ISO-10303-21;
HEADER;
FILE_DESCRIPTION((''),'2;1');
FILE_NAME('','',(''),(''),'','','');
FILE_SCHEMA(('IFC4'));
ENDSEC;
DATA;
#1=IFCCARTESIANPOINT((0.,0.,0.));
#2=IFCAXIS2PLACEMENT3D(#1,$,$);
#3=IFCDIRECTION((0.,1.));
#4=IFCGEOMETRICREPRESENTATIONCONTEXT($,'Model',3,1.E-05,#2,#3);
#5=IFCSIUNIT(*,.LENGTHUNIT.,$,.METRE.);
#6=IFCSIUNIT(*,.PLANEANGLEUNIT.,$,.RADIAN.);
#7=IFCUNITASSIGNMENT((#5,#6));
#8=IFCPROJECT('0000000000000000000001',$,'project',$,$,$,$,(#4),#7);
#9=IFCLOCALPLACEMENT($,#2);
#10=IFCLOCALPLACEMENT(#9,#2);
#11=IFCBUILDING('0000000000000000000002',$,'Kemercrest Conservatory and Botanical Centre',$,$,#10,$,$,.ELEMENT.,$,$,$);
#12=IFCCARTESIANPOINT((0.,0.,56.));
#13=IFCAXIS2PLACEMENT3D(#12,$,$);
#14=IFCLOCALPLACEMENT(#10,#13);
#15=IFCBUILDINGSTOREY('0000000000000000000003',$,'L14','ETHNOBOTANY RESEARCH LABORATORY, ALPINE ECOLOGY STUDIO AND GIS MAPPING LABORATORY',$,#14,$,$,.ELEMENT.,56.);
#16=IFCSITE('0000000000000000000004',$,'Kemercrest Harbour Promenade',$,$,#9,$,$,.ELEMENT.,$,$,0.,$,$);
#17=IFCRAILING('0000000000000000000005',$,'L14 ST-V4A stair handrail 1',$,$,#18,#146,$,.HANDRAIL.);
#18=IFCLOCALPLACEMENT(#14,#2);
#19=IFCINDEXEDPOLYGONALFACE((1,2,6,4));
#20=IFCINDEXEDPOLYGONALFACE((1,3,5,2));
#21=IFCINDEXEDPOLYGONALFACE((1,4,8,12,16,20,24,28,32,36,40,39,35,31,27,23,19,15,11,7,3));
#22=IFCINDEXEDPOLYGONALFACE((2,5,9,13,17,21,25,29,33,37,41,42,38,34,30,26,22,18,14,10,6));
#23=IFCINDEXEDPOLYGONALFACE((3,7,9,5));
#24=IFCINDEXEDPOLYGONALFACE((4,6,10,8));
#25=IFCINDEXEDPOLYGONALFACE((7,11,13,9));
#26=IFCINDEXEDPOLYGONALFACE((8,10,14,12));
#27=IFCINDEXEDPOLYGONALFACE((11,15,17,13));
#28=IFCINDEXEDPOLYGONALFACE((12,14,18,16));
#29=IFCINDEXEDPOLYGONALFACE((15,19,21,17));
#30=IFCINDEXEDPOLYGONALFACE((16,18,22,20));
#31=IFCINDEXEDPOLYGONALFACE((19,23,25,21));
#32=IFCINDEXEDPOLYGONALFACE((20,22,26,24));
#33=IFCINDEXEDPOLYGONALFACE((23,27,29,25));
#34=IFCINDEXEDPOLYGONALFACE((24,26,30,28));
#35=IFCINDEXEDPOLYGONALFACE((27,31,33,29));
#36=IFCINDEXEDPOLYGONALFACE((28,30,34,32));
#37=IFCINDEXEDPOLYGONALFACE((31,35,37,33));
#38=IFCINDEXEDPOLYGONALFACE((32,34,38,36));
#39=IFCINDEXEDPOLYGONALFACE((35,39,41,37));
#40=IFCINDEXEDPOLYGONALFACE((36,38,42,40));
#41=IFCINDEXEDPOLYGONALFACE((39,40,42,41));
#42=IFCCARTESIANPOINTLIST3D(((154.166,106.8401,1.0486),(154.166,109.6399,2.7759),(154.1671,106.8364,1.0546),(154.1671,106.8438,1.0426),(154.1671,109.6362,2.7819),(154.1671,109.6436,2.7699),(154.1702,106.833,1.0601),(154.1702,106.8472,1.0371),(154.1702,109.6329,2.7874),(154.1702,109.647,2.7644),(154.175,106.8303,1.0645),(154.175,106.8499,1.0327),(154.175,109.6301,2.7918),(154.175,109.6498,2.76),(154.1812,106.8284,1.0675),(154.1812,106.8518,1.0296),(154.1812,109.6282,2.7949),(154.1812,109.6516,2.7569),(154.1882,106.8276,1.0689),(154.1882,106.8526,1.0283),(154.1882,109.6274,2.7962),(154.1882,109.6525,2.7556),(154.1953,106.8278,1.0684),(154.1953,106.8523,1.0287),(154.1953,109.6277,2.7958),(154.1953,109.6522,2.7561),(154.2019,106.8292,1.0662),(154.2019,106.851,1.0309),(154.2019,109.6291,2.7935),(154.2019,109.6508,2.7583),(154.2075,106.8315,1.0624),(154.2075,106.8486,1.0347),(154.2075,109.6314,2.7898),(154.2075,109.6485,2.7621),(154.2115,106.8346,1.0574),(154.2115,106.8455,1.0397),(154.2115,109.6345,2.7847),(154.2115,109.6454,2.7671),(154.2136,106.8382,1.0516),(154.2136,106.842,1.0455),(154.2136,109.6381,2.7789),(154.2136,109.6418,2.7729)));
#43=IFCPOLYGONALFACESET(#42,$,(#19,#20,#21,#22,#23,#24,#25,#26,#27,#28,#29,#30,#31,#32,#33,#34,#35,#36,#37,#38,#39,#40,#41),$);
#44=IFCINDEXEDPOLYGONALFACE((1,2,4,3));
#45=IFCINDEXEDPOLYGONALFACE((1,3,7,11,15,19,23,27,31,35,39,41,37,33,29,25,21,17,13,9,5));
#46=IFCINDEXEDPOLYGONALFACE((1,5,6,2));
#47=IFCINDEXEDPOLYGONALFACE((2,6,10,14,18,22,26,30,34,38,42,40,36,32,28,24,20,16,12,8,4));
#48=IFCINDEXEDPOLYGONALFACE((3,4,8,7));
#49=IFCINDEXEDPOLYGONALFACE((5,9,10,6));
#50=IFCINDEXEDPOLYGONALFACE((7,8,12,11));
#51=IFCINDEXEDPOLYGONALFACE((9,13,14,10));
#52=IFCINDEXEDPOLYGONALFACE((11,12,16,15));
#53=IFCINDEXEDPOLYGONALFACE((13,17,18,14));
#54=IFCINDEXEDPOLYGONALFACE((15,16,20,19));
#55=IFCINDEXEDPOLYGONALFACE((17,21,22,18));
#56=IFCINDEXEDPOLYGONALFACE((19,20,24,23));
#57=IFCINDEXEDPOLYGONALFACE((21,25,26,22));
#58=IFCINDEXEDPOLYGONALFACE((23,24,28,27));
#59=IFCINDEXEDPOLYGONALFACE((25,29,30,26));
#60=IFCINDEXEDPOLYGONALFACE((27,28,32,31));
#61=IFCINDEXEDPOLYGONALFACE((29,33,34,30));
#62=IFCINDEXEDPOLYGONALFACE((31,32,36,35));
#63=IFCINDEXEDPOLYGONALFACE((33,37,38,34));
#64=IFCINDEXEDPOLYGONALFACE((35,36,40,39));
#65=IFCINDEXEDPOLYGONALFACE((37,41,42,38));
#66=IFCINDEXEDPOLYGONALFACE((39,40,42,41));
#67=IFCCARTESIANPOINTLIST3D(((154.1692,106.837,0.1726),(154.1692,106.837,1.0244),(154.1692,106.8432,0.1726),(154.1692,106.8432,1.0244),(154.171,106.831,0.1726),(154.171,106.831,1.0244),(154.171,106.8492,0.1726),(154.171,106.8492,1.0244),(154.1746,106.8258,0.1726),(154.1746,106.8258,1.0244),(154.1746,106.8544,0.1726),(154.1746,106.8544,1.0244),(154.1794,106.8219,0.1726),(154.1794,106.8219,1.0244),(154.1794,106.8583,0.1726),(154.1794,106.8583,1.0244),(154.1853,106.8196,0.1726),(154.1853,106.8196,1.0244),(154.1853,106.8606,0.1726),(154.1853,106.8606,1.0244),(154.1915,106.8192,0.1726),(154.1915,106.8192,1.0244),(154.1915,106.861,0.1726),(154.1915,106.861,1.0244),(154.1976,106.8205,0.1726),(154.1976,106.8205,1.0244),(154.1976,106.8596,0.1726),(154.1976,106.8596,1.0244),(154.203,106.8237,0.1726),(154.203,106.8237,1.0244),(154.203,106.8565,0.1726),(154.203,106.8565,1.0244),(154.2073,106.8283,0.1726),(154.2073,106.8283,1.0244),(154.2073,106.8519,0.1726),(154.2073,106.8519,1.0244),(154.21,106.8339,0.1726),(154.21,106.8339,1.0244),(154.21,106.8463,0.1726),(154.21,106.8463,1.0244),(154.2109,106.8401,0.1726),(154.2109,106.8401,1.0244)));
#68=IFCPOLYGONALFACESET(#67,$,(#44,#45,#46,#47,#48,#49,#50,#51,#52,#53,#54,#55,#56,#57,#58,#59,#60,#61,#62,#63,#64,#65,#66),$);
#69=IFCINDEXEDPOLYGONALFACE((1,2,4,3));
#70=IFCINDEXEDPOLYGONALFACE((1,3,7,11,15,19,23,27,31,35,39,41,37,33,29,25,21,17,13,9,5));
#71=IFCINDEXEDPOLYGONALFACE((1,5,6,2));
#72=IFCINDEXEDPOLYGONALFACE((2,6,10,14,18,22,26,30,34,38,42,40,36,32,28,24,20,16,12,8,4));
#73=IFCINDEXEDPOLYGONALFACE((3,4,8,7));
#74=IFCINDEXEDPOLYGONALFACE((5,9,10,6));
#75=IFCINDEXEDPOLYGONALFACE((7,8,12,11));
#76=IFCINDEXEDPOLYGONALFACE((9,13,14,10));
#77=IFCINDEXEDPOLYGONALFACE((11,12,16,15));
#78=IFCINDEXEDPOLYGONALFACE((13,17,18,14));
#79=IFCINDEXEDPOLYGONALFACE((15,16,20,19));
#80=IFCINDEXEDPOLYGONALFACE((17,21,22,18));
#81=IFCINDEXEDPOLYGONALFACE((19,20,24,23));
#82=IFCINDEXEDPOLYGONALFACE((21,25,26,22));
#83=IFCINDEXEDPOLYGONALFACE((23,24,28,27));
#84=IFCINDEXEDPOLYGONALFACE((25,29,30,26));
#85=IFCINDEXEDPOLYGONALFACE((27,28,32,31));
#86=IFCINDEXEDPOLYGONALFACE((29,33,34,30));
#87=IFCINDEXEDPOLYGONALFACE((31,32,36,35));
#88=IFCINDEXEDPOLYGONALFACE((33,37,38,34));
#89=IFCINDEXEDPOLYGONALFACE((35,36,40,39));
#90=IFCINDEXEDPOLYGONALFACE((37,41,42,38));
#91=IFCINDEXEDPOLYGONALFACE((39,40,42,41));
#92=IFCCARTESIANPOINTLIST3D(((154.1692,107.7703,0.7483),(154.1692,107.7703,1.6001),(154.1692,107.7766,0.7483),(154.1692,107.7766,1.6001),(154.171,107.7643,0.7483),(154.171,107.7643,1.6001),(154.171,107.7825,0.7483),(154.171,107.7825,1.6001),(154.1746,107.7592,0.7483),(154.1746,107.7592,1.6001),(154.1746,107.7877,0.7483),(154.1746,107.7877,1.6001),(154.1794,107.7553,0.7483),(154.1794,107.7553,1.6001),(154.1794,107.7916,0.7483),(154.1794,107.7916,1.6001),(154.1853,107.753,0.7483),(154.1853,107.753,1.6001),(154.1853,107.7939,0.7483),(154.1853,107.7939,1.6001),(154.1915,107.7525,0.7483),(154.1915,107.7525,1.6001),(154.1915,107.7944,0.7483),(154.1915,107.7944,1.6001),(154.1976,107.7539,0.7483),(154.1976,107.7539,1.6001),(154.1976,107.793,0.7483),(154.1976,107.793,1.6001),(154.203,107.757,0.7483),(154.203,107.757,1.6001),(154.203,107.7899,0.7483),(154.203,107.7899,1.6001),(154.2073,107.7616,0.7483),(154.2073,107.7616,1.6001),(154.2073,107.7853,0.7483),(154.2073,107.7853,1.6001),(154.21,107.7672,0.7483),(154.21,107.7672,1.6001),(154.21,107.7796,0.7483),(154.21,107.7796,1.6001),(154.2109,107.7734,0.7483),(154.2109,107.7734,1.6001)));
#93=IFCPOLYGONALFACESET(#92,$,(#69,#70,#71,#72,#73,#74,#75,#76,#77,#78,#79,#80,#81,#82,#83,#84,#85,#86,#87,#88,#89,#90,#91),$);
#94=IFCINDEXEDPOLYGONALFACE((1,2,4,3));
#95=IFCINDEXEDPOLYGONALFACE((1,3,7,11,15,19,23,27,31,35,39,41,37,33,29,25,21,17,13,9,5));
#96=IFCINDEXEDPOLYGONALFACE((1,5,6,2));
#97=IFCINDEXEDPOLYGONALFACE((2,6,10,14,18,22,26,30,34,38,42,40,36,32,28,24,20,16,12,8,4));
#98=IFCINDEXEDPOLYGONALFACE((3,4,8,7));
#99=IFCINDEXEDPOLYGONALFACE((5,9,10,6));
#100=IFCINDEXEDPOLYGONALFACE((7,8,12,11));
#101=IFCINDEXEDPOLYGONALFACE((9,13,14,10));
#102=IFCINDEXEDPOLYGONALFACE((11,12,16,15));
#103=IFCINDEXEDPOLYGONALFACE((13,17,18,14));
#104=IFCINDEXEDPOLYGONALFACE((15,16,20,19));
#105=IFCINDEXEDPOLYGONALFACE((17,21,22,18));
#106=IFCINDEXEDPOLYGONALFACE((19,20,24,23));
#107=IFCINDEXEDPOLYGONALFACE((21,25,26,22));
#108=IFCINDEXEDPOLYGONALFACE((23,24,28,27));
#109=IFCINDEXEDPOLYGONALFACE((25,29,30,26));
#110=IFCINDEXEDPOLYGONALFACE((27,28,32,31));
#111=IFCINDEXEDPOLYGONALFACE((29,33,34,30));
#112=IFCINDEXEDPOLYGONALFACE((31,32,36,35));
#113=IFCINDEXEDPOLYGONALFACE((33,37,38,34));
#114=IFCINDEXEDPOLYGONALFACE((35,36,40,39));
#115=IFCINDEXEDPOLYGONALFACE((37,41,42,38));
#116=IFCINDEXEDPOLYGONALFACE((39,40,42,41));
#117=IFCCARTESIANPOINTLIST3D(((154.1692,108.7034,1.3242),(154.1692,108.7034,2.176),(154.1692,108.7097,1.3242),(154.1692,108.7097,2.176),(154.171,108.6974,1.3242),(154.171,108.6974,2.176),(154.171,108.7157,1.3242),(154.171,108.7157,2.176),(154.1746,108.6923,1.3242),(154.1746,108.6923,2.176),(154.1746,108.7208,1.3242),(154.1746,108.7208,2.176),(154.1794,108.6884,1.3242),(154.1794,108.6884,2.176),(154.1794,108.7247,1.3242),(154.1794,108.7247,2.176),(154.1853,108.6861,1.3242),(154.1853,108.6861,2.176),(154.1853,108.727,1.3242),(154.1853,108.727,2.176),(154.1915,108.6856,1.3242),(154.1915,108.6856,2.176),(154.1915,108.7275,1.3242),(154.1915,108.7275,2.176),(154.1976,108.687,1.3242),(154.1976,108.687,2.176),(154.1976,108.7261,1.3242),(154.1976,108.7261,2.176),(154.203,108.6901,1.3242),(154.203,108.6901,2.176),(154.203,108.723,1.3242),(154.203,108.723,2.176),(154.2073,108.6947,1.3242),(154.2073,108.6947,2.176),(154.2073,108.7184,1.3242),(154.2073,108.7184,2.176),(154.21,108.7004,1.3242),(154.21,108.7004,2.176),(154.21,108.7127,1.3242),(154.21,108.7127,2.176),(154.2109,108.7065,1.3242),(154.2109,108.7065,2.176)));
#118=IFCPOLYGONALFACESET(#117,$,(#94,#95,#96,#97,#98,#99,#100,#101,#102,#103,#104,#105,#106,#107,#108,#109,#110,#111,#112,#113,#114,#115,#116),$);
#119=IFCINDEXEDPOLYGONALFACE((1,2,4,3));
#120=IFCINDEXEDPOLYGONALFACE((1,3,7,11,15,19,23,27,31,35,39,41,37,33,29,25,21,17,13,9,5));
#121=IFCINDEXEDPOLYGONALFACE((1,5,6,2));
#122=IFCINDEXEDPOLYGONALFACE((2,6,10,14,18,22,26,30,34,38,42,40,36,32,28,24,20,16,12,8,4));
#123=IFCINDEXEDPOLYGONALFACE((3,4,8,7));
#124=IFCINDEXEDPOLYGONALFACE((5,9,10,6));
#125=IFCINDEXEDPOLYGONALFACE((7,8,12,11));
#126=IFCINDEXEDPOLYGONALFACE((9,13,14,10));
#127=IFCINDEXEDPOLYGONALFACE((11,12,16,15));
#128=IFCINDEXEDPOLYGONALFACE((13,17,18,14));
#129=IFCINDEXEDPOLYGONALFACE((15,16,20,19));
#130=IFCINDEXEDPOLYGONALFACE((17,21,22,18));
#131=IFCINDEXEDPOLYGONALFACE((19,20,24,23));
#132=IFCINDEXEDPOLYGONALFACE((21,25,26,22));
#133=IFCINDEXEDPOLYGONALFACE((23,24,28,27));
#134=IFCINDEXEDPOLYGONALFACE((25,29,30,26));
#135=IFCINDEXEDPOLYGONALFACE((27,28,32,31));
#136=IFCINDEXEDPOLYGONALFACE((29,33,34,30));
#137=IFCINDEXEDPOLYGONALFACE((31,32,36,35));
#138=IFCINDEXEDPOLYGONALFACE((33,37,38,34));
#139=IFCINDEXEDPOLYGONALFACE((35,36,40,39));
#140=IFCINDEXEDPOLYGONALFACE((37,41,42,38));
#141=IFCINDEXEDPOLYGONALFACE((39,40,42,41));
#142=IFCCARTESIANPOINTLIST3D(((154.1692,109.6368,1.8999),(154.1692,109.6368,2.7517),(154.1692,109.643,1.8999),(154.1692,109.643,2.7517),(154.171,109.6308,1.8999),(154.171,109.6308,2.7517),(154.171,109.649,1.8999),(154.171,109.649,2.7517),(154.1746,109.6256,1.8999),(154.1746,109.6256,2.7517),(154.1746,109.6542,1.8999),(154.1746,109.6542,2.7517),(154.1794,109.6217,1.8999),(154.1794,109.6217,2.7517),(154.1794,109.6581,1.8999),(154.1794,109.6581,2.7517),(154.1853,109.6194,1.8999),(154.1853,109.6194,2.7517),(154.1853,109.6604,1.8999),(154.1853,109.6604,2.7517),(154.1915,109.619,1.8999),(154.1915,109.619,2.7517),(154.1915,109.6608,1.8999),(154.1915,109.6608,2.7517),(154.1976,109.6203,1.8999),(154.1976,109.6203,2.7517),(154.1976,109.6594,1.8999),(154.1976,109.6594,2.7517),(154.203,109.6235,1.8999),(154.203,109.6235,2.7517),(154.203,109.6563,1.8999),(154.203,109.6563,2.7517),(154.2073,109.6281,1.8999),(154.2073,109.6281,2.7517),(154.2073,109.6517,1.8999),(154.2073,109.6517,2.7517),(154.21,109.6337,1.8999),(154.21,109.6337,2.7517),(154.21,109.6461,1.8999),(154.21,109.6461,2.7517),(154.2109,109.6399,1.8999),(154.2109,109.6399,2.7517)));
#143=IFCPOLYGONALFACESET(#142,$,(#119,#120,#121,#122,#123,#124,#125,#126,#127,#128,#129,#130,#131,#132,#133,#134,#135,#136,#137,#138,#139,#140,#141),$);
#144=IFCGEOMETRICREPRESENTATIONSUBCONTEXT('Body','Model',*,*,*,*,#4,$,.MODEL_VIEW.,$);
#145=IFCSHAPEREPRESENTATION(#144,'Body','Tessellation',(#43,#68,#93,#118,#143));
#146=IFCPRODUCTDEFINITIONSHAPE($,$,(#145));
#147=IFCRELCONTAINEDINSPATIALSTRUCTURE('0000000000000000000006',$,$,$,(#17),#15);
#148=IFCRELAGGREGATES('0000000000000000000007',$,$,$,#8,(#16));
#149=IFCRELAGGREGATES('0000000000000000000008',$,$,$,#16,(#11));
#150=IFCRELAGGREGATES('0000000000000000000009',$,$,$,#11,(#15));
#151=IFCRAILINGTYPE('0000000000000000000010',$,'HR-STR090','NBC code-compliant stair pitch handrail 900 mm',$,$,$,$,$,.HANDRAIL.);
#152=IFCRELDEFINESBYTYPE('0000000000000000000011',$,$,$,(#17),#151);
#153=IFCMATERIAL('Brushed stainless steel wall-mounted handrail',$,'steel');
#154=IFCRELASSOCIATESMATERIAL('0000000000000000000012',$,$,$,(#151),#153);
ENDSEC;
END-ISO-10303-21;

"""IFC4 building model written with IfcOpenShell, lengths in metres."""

from ifc_helpers import new_model, si_unit, direction, frame, origin, origin_2d, place, context, subcontext, project, spatial, circle, extrude, material, type_object, element, save


model = new_model("IFC4")

# Units and contexts
model_context = context("Model", 3, precision=1e-05, world=origin(), true_north=direction((0.0, 1.0)))
body_context = subcontext(model_context, "Body", "Model", "MODEL_VIEW")
ifc_project = project(units=[si_unit("LENGTHUNIT", "METRE"), si_unit("PLANEANGLEUNIT", "RADIAN")], contexts=[model_context])

# Site, building, storey
site_placement = place(None, origin())
site = spatial("IfcSite", under=ifc_project, at=site_placement, Name="Kemercrest Harbour Promenade", CompositionType="ELEMENT", RefElevation=0.0)
building_placement = place(site_placement, origin())
building = spatial("IfcBuilding", under=site, at=building_placement, Name="Kemercrest Conservatory and Botanical Centre", CompositionType="ELEMENT")
storey_placement = place(building_placement, frame((0.0, 0.0, 56.0)))
storey = spatial("IfcBuildingStorey", under=building, at=storey_placement, Name="L14", Description="ETHNOBOTANY RESEARCH LABORATORY, ALPINE ECOLOGY STUDIO AND GIS MAPPING LABORATORY", CompositionType="ELEMENT", Elevation=56.0)

# Railing
ifc_material_1 = material(Name="Brushed stainless steel wall-mounted handrail", Category="steel")
railing_type_1 = type_object("IfcRailingType", Name="HR-STR090", Description="NBC code-compliant stair pitch handrail 900 mm", PredefinedType="HANDRAIL", material=ifc_material_1)
railing_1_placement = place(storey_placement, frame((154.1899, 106.8401, 0.1726)))
element("IfcRailing", 1, at=railing_1_placement, inside=storey, type_object=railing_type_1, Name="L14 ST-V4A stair handrail 1", PredefinedType="HANDRAIL", context=body_context, shape_type="SweptSolid", body=[
    extrude(circle(Radius=0.0239, at=origin_2d()), frame((0.0, 0.0, 0.876), z_axis=(0.0, 0.851069, 0.525054), x_axis=(-1.0, 0.0, 0.0)), (0.0, 0.0, 1.0), 3.2898),
    extrude(circle(Radius=0.021, at=origin_2d()), origin(), (0.0, 0.0, 1.0), 0.8518),
    extrude(circle(Radius=0.021, at=origin_2d()), frame((0.0, 0.9333, 0.5757)), (0.0, 0.0, 1.0), 0.8518),
    extrude(circle(Radius=0.021, at=origin_2d()), frame((0.0, 1.8665, 1.1516)), (0.0, 0.0, 1.0), 0.8518),
    extrude(circle(Radius=0.021, at=origin_2d()), frame((0.0, 2.7998, 1.7273)), (0.0, 0.0, 1.0), 0.8518),
])

save(model, "model.ifc")
